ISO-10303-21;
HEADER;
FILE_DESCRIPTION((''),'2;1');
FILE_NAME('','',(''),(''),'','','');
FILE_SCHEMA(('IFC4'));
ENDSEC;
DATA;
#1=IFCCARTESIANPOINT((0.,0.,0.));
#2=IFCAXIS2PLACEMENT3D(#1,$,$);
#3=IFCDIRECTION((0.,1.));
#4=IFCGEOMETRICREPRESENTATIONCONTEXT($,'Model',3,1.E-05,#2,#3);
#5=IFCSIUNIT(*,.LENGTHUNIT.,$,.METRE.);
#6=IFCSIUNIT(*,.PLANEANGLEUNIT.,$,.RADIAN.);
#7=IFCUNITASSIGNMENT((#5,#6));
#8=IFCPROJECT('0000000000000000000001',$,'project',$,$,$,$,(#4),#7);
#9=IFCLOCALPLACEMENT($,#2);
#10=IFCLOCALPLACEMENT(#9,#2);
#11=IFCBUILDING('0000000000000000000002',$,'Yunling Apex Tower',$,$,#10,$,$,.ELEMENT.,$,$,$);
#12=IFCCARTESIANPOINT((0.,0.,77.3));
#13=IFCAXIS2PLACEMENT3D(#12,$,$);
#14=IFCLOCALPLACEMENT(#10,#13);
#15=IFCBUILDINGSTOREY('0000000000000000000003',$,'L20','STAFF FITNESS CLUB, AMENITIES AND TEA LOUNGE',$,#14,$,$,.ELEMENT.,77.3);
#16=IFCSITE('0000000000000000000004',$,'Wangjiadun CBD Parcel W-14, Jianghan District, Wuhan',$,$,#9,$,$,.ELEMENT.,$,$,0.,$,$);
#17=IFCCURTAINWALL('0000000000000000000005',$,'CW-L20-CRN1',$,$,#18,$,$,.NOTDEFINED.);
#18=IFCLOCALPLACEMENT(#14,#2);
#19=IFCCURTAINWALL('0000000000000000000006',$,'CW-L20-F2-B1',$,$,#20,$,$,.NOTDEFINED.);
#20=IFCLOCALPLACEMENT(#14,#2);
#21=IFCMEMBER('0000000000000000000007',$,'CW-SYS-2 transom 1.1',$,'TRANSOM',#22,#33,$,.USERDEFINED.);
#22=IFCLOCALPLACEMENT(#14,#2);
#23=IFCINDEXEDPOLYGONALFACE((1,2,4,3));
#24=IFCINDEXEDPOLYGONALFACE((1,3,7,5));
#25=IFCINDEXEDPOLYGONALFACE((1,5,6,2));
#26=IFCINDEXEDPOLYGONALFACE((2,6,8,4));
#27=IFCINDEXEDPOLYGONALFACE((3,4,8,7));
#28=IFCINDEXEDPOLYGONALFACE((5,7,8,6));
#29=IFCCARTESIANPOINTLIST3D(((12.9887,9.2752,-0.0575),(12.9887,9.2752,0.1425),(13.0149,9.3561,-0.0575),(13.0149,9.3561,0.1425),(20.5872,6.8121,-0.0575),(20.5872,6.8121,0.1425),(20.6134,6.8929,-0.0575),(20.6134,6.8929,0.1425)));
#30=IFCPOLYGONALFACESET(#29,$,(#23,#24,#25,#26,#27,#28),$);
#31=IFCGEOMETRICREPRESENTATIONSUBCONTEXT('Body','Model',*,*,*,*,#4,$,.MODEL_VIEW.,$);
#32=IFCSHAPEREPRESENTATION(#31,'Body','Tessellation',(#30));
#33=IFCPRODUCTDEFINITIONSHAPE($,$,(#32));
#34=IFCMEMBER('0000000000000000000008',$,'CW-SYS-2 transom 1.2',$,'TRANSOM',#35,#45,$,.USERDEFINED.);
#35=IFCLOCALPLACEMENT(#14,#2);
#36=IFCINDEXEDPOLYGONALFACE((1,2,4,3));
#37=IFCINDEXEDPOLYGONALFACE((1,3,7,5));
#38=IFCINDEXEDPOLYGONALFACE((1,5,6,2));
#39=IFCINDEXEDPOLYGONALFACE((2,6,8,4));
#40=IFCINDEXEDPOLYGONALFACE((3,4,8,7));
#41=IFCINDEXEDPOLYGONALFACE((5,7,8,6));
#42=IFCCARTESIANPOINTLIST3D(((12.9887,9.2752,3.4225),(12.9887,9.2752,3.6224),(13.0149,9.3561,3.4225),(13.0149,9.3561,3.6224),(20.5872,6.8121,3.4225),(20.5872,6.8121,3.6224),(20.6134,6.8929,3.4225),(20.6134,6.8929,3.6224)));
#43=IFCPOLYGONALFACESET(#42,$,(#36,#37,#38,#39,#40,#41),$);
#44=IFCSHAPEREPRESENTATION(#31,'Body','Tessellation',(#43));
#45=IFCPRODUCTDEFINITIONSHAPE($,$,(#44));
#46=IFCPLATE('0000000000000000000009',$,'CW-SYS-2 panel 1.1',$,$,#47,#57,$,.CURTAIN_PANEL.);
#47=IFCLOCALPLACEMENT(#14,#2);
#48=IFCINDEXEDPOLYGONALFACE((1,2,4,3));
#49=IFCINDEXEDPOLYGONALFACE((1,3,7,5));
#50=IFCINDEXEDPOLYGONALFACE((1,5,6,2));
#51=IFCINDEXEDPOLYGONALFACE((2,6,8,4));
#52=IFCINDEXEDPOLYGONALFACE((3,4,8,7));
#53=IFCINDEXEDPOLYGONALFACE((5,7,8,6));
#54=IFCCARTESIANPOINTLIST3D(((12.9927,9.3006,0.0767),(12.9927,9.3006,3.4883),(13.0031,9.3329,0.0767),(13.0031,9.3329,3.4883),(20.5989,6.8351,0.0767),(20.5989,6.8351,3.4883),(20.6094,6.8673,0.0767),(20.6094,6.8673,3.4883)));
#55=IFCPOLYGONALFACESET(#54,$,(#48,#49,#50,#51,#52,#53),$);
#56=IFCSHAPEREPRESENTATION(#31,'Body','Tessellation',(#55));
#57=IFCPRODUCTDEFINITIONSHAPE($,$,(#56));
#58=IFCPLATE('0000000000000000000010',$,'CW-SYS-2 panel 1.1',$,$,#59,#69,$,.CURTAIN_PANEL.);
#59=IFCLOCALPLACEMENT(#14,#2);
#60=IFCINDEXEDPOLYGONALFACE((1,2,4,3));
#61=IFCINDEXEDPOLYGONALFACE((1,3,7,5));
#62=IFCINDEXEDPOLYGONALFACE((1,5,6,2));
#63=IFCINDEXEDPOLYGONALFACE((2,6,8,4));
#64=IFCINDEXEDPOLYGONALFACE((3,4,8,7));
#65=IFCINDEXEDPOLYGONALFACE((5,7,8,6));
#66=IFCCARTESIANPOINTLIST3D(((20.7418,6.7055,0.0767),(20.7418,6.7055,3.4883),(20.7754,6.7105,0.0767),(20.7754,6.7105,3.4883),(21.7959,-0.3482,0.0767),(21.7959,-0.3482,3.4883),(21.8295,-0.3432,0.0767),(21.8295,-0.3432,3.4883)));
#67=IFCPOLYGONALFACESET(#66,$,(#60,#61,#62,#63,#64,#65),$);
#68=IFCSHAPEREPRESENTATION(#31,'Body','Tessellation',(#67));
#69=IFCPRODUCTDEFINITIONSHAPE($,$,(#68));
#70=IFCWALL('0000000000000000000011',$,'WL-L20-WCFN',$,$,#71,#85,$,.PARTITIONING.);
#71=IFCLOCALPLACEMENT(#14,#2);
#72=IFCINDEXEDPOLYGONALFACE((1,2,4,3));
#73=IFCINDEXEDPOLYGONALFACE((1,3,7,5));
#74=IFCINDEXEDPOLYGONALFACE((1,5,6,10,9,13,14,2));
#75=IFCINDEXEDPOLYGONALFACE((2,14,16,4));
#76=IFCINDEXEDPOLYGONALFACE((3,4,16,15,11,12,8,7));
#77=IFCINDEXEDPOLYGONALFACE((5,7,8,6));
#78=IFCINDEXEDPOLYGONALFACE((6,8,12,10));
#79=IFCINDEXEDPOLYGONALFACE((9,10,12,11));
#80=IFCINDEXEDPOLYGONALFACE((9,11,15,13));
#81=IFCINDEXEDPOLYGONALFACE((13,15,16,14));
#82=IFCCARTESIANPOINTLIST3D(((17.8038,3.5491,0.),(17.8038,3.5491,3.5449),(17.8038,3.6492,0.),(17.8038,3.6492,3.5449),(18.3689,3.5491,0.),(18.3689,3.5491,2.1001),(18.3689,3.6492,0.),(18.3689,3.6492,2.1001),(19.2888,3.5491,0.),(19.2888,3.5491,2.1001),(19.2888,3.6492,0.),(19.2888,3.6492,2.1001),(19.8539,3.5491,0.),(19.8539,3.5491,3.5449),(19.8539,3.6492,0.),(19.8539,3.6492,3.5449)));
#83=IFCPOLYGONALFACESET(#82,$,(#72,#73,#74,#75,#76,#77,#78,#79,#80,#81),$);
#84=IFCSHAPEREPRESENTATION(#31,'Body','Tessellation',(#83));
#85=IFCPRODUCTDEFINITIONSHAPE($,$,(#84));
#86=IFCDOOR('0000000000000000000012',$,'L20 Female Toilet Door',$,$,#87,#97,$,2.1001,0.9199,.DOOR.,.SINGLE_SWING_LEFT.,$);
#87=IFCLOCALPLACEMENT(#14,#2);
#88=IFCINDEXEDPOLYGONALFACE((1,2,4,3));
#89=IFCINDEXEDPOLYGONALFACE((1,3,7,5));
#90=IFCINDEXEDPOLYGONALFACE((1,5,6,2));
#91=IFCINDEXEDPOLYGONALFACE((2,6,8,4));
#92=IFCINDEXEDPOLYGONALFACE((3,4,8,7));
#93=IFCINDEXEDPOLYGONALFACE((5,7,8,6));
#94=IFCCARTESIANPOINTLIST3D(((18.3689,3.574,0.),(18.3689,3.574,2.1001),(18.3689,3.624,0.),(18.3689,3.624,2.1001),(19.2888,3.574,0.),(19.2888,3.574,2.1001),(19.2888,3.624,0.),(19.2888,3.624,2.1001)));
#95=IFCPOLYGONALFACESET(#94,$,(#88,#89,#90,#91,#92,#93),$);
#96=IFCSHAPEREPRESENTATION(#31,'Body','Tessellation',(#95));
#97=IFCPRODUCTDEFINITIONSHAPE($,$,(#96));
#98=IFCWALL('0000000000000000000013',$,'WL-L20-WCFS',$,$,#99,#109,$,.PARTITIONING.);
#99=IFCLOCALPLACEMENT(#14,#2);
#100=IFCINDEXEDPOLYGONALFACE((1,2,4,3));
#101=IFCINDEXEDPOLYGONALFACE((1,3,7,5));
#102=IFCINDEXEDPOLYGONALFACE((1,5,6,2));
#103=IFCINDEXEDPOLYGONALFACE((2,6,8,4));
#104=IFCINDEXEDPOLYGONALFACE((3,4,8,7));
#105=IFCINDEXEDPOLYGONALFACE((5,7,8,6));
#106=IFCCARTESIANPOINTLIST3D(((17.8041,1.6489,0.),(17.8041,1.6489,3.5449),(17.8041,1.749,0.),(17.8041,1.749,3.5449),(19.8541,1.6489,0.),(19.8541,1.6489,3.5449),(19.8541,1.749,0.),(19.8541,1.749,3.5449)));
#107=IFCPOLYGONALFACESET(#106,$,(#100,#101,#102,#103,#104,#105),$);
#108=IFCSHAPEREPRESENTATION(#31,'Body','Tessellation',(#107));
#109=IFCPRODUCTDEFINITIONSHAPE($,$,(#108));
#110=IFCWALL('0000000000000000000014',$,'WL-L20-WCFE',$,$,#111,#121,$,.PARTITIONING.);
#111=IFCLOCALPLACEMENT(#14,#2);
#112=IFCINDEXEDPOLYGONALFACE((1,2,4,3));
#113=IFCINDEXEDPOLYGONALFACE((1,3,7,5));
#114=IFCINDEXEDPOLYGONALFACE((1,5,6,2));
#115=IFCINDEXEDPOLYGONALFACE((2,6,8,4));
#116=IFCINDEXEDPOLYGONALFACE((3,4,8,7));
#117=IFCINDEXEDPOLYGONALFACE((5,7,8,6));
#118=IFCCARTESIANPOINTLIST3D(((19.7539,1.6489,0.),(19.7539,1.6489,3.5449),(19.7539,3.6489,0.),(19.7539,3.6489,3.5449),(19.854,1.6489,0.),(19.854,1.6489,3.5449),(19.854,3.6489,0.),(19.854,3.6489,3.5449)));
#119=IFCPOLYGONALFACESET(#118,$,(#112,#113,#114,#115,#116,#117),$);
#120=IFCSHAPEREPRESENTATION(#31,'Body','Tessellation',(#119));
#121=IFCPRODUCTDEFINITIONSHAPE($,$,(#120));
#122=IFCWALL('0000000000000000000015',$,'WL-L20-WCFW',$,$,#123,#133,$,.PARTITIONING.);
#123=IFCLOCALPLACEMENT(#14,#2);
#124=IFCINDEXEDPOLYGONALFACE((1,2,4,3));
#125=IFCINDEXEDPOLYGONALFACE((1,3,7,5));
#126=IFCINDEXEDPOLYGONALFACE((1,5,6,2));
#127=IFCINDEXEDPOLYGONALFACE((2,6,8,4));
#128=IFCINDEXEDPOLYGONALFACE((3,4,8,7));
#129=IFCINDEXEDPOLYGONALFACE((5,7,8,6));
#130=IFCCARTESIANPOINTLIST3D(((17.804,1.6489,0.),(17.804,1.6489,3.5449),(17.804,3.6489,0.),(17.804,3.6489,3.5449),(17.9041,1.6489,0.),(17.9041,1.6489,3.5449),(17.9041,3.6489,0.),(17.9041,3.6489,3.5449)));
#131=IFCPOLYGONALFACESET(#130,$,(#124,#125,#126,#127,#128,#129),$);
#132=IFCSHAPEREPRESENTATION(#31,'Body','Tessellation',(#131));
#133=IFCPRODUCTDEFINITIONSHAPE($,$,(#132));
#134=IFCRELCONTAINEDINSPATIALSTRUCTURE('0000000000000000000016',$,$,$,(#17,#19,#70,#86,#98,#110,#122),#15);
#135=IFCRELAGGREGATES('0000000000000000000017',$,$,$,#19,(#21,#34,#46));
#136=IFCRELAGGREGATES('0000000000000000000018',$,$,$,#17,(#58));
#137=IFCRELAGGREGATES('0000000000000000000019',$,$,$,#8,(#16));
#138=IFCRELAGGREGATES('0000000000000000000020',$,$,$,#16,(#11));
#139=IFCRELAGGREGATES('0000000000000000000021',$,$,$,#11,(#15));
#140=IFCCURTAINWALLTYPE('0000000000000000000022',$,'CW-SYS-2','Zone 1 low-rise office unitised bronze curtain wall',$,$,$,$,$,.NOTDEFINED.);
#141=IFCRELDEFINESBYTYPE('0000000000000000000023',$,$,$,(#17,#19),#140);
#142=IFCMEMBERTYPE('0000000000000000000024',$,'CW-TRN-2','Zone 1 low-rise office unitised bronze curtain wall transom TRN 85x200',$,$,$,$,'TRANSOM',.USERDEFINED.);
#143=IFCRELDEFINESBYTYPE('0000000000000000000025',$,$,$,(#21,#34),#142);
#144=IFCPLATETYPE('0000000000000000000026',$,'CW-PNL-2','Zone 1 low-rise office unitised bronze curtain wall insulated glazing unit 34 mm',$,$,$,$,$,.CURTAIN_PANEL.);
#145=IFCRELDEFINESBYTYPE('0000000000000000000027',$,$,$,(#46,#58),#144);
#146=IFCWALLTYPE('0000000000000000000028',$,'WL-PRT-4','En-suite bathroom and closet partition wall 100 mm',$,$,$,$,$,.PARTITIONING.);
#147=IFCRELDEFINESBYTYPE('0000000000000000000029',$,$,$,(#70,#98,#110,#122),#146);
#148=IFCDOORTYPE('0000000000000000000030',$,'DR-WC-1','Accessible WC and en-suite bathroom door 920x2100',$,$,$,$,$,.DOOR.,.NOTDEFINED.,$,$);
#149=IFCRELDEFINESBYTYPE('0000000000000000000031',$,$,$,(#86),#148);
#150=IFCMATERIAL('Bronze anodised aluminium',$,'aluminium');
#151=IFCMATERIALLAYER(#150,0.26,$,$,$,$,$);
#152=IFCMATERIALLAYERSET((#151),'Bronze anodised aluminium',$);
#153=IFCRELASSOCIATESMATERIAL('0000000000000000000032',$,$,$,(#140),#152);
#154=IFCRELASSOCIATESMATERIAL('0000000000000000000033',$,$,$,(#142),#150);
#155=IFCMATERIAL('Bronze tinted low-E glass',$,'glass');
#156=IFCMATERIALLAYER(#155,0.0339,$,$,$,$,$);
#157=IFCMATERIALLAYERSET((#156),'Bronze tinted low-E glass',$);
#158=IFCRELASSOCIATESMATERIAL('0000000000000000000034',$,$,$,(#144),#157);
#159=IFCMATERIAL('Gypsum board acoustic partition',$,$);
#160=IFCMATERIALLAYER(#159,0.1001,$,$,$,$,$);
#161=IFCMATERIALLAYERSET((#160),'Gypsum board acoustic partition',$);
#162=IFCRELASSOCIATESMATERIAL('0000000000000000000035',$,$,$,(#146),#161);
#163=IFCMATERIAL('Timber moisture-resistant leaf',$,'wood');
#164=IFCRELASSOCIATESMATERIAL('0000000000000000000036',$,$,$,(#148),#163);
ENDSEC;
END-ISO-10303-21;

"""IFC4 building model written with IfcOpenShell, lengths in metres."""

from ifc_helpers import new_model, si_unit, direction, frame, frame_2d, origin, origin_2d, place, context, subcontext, project, spatial, rectangle, extrude, source, transform, mapped, material, layer, layer_set, material_profile, profile_set, type_object, element, fill, aggregate, save


model = new_model("IFC4")

# Units and contexts
model_context = context("Model", 3, precision=1e-05, world=origin(), true_north=direction((0.0, 1.0)))
body_context = subcontext(model_context, "Body", "Model", "MODEL_VIEW")
ifc_project = project(units=[si_unit("LENGTHUNIT", "METRE"), si_unit("PLANEANGLEUNIT", "RADIAN")], contexts=[model_context])

# Site, building, storey
site_placement = place(None, origin())
site = spatial("IfcSite", under=ifc_project, at=site_placement, Name="Wangjiadun CBD Parcel W-14, Jianghan District, Wuhan", CompositionType="ELEMENT", RefElevation=0.0)
building_placement = place(site_placement, origin())
building = spatial("IfcBuilding", under=site, at=building_placement, Name="Yunling Apex Tower", CompositionType="ELEMENT")
storey_placement = place(building_placement, frame((0.0, 0.0, 77.3)))
storey = spatial("IfcBuildingStorey", under=building, at=storey_placement, Name="L20", Description="STAFF FITNESS CLUB, AMENITIES AND TEA LOUNGE", CompositionType="ELEMENT", Elevation=77.3)

# Curtain wall
ifc_material_1 = material(Name="Bronze anodised aluminium", Category="aluminium")
ifc_layer_1 = layer(ifc_material_1, 0.26)
ifc_layer_set_1 = layer_set([ifc_layer_1], Name="Bronze anodised aluminium")
curtain_wall_type = type_object("IfcCurtainWallType", Name="CW-SYS-2", Description="Zone 1 low-rise office unitised bronze curtain wall", PredefinedType="NOTDEFINED", material=ifc_layer_set_1)
curtain_wall_1_placement = place(storey_placement, origin())
curtain_wall_1 = element("IfcCurtainWall", 1, at=curtain_wall_1_placement, inside=storey, type_object=curtain_wall_type, Name="CW-L20-CRN1", PredefinedType="NOTDEFINED")

# Curtain wall, members, plate
curtain_wall_2_placement = place(storey_placement, origin())
curtain_wall_2 = element("IfcCurtainWall", 2, at=curtain_wall_2_placement, inside=storey, type_object=curtain_wall_type, Name="CW-L20-F2-B1", PredefinedType="NOTDEFINED")
ifc_material_profile_1 = material_profile(ifc_material_1, rectangle(XDim=0.085, YDim=0.2, at=origin_2d()))
ifc_profile_set_1 = profile_set([ifc_material_profile_1], Name="Bronze anodised aluminium")
member_type_1 = type_object("IfcMemberType", Name="CW-TRN-2", Description="Zone 1 low-rise office unitised bronze curtain wall transom TRN 85x200", ElementType="TRANSOM", PredefinedType="USERDEFINED", material=ifc_profile_set_1)
shared_shape_1 = source(origin(), body_context, "Body", "SweptSolid", [
    extrude(rectangle(XDim=0.085, YDim=0.2, at=origin_2d()), origin(), (0.0, 0.0, 1.0), 7.9878),
])
member_1_placement = place(storey_placement, frame((20.6003, 6.8525, 0.0425), z_axis=(-0.95127, 0.308359, 0.0), x_axis=(-0.308359, -0.95127, 0.0)))
member_1 = element("IfcMember", 3, at=member_1_placement, type_object=member_type_1, Name="CW-SYS-2 transom 1.1", ObjectType="TRANSOM", PredefinedType="USERDEFINED", context=body_context, shape_type="MappedRepresentation", body=[
    mapped(shared_shape_1, transform((0.0, 0.0, 0.0), scale=1.0)),
])
member_2_placement = place(storey_placement, frame((20.6003, 6.8525, 3.5225), z_axis=(-0.95127, 0.308359, 0.0), x_axis=(-0.308359, -0.95127, 0.0)))
member_2 = element("IfcMember", 4, at=member_2_placement, type_object=member_type_1, Name="CW-SYS-2 transom 1.2", ObjectType="TRANSOM", PredefinedType="USERDEFINED", context=body_context, shape_type="MappedRepresentation", body=[
    mapped(shared_shape_1, transform((0.0, 0.0, 0.0), scale=1.0)),
])
ifc_material_2 = material(Name="Bronze tinted low-E glass", Category="glass")
ifc_layer_2 = layer(ifc_material_2, 0.0339)
ifc_layer_set_2 = layer_set([ifc_layer_2], Name="Bronze tinted low-E glass")
plate_type = type_object("IfcPlateType", Name="CW-PNL-2", Description="Zone 1 low-rise office unitised bronze curtain wall insulated glazing unit 34 mm", PredefinedType="CURTAIN_PANEL", material=ifc_layer_set_2)
shared_shape_2 = source(origin(), body_context, "Body", "SweptSolid", [
    extrude(rectangle(XDim=7.9958, YDim=0.0339, at=origin_2d()), origin(), (0.0, 0.0, 1.0), 3.4116),
])
plate_1_placement = place(storey_placement, frame((16.801, 8.084, 0.0767), z_axis=(0.0, 0.0, 1.0), x_axis=(-0.951271, 0.308357, 0.0)))
plate_1 = element("IfcPlate", 5, at=plate_1_placement, type_object=plate_type, Name="CW-SYS-2 panel 1.1", PredefinedType="CURTAIN_PANEL", context=body_context, shape_type="MappedRepresentation", body=[
    mapped(shared_shape_2, transform((0.0, 0.0, 0.0), scale=1.0)),
])
aggregate(curtain_wall_2, [member_1, member_2, plate_1])

# Plate
shared_shape_3 = source(origin(), body_context, "Body", "SweptSolid", [
    extrude(rectangle(XDim=7.1321, YDim=0.0339, at=origin_2d()), origin(), (0.0, 0.0, 1.0), 3.4116),
])
plate_2_placement = place(storey_placement, frame((21.2856, 3.1812, 0.0767), z_axis=(0.0, 0.0, 1.0), x_axis=(-0.147798, 0.989018, 0.0)))
plate_2 = element("IfcPlate", 6, at=plate_2_placement, type_object=plate_type, Name="CW-SYS-2 panel 1.1", PredefinedType="CURTAIN_PANEL", context=body_context, shape_type="MappedRepresentation", body=[
    mapped(shared_shape_3, transform((0.0, 0.0, 0.0), scale=1.0)),
])
aggregate(curtain_wall_1, [plate_2])

# Wall, opening, door
ifc_material_3 = material(Name="Gypsum board acoustic partition")
ifc_layer_3 = layer(ifc_material_3, 0.1001)
ifc_layer_set_3 = layer_set([ifc_layer_3], Name="Gypsum board acoustic partition")
wall_type = type_object("IfcWallType", Name="WL-PRT-4", Description="En-suite bathroom and closet partition wall 100 mm", PredefinedType="PARTITIONING", material=ifc_layer_set_3)
wall_1_placement = place(storey_placement, frame((17.804, 3.5991, 0.0), z_axis=(0.0, 0.0, 1.0), x_axis=(1.0, 0.0, 0.0)))
wall_1 = element("IfcWall", 7, at=wall_1_placement, inside=storey, type_object=wall_type, Name="WL-L20-WCFN", PredefinedType="PARTITIONING", context=body_context, shape_type="SweptSolid", body=[
    extrude(rectangle(XDim=2.05, YDim=0.1001, at=frame_2d((1.0249, 0.0))), origin(), (0.0, 0.0, 1.0), 3.5449),
])
opening_placement = place(wall_1_placement, frame((0.5649, 0.0, 0.0)))
opening = element("IfcOpeningElement", 8, at=opening_placement, cuts=wall_1, PredefinedType="OPENING", context=body_context, shape_type="SweptSolid", body=[
    extrude(rectangle(XDim=0.9199, YDim=2.1001, at=frame_2d((0.46, 1.05))), frame((0.0, 0.0601, 0.0), z_axis=(0.0, -1.0, 0.0), x_axis=(1.0, 0.0, 0.0)), (0.0, 0.0, 1.0), 0.1201),
])
ifc_material_4 = material(Name="Timber moisture-resistant leaf", Category="wood")
door_type = type_object("IfcDoorType", Name="DR-WC-1", Description="Accessible WC and en-suite bathroom door 920x2100", OperationType="NOTDEFINED", PredefinedType="DOOR", material=ifc_material_4)
door_placement = place(opening_placement, origin())
door = element("IfcDoor", 9, at=door_placement, inside=storey, type_object=door_type, Name="L20 Female Toilet Door", OperationType="SINGLE_SWING_LEFT", OverallHeight=2.1001, OverallWidth=0.9199, PredefinedType="DOOR", context=body_context, shape_type="SweptSolid", body=[
    extrude(rectangle(XDim=0.9199, YDim=2.1001, at=frame_2d((0.46, 1.05))), frame((0.0, 0.0249, 0.0), z_axis=(0.0, -1.0, 0.0), x_axis=(1.0, 0.0, 0.0)), (0.0, 0.0, 1.0), 0.05),
])
fill(opening, door)

# Walls
wall_2_placement = place(storey_placement, frame((19.854, 1.699, 0.0), z_axis=(0.0, 0.0, 1.0), x_axis=(-1.0, 0.0, 0.0)))
element("IfcWall", 10, at=wall_2_placement, inside=storey, type_object=wall_type, Name="WL-L20-WCFS", PredefinedType="PARTITIONING", context=body_context, shape_type="SweptSolid", body=[
    extrude(rectangle(XDim=2.05, YDim=0.1001, at=frame_2d((1.0249, 0.0))), origin(), (0.0, 0.0, 1.0), 3.5449),
])
for number, where, z_axis, x_axis, name in (
    (11, (19.804, 3.6489, 0.0), (0.0, 0.0, 1.0), (0.0, -1.0, 0.0), "WL-L20-WCFE"),
    (12, (17.854, 1.6489, 0.0), (0.0, 0.0, 1.0), (0.0, 1.0, 0.0), "WL-L20-WCFW"),
):
    element("IfcWall", number, at=place(storey_placement, frame(where, z_axis=z_axis, x_axis=x_axis)), inside=storey, type_object=wall_type, Name=name, PredefinedType="PARTITIONING", context=body_context, shape_type="SweptSolid", body=[
        extrude(rectangle(XDim=2.0, YDim=0.1001, at=frame_2d((1.0, 0.0))), origin(), (0.0, 0.0, 1.0), 3.5449),
    ])

save(model, "model.ifc")
